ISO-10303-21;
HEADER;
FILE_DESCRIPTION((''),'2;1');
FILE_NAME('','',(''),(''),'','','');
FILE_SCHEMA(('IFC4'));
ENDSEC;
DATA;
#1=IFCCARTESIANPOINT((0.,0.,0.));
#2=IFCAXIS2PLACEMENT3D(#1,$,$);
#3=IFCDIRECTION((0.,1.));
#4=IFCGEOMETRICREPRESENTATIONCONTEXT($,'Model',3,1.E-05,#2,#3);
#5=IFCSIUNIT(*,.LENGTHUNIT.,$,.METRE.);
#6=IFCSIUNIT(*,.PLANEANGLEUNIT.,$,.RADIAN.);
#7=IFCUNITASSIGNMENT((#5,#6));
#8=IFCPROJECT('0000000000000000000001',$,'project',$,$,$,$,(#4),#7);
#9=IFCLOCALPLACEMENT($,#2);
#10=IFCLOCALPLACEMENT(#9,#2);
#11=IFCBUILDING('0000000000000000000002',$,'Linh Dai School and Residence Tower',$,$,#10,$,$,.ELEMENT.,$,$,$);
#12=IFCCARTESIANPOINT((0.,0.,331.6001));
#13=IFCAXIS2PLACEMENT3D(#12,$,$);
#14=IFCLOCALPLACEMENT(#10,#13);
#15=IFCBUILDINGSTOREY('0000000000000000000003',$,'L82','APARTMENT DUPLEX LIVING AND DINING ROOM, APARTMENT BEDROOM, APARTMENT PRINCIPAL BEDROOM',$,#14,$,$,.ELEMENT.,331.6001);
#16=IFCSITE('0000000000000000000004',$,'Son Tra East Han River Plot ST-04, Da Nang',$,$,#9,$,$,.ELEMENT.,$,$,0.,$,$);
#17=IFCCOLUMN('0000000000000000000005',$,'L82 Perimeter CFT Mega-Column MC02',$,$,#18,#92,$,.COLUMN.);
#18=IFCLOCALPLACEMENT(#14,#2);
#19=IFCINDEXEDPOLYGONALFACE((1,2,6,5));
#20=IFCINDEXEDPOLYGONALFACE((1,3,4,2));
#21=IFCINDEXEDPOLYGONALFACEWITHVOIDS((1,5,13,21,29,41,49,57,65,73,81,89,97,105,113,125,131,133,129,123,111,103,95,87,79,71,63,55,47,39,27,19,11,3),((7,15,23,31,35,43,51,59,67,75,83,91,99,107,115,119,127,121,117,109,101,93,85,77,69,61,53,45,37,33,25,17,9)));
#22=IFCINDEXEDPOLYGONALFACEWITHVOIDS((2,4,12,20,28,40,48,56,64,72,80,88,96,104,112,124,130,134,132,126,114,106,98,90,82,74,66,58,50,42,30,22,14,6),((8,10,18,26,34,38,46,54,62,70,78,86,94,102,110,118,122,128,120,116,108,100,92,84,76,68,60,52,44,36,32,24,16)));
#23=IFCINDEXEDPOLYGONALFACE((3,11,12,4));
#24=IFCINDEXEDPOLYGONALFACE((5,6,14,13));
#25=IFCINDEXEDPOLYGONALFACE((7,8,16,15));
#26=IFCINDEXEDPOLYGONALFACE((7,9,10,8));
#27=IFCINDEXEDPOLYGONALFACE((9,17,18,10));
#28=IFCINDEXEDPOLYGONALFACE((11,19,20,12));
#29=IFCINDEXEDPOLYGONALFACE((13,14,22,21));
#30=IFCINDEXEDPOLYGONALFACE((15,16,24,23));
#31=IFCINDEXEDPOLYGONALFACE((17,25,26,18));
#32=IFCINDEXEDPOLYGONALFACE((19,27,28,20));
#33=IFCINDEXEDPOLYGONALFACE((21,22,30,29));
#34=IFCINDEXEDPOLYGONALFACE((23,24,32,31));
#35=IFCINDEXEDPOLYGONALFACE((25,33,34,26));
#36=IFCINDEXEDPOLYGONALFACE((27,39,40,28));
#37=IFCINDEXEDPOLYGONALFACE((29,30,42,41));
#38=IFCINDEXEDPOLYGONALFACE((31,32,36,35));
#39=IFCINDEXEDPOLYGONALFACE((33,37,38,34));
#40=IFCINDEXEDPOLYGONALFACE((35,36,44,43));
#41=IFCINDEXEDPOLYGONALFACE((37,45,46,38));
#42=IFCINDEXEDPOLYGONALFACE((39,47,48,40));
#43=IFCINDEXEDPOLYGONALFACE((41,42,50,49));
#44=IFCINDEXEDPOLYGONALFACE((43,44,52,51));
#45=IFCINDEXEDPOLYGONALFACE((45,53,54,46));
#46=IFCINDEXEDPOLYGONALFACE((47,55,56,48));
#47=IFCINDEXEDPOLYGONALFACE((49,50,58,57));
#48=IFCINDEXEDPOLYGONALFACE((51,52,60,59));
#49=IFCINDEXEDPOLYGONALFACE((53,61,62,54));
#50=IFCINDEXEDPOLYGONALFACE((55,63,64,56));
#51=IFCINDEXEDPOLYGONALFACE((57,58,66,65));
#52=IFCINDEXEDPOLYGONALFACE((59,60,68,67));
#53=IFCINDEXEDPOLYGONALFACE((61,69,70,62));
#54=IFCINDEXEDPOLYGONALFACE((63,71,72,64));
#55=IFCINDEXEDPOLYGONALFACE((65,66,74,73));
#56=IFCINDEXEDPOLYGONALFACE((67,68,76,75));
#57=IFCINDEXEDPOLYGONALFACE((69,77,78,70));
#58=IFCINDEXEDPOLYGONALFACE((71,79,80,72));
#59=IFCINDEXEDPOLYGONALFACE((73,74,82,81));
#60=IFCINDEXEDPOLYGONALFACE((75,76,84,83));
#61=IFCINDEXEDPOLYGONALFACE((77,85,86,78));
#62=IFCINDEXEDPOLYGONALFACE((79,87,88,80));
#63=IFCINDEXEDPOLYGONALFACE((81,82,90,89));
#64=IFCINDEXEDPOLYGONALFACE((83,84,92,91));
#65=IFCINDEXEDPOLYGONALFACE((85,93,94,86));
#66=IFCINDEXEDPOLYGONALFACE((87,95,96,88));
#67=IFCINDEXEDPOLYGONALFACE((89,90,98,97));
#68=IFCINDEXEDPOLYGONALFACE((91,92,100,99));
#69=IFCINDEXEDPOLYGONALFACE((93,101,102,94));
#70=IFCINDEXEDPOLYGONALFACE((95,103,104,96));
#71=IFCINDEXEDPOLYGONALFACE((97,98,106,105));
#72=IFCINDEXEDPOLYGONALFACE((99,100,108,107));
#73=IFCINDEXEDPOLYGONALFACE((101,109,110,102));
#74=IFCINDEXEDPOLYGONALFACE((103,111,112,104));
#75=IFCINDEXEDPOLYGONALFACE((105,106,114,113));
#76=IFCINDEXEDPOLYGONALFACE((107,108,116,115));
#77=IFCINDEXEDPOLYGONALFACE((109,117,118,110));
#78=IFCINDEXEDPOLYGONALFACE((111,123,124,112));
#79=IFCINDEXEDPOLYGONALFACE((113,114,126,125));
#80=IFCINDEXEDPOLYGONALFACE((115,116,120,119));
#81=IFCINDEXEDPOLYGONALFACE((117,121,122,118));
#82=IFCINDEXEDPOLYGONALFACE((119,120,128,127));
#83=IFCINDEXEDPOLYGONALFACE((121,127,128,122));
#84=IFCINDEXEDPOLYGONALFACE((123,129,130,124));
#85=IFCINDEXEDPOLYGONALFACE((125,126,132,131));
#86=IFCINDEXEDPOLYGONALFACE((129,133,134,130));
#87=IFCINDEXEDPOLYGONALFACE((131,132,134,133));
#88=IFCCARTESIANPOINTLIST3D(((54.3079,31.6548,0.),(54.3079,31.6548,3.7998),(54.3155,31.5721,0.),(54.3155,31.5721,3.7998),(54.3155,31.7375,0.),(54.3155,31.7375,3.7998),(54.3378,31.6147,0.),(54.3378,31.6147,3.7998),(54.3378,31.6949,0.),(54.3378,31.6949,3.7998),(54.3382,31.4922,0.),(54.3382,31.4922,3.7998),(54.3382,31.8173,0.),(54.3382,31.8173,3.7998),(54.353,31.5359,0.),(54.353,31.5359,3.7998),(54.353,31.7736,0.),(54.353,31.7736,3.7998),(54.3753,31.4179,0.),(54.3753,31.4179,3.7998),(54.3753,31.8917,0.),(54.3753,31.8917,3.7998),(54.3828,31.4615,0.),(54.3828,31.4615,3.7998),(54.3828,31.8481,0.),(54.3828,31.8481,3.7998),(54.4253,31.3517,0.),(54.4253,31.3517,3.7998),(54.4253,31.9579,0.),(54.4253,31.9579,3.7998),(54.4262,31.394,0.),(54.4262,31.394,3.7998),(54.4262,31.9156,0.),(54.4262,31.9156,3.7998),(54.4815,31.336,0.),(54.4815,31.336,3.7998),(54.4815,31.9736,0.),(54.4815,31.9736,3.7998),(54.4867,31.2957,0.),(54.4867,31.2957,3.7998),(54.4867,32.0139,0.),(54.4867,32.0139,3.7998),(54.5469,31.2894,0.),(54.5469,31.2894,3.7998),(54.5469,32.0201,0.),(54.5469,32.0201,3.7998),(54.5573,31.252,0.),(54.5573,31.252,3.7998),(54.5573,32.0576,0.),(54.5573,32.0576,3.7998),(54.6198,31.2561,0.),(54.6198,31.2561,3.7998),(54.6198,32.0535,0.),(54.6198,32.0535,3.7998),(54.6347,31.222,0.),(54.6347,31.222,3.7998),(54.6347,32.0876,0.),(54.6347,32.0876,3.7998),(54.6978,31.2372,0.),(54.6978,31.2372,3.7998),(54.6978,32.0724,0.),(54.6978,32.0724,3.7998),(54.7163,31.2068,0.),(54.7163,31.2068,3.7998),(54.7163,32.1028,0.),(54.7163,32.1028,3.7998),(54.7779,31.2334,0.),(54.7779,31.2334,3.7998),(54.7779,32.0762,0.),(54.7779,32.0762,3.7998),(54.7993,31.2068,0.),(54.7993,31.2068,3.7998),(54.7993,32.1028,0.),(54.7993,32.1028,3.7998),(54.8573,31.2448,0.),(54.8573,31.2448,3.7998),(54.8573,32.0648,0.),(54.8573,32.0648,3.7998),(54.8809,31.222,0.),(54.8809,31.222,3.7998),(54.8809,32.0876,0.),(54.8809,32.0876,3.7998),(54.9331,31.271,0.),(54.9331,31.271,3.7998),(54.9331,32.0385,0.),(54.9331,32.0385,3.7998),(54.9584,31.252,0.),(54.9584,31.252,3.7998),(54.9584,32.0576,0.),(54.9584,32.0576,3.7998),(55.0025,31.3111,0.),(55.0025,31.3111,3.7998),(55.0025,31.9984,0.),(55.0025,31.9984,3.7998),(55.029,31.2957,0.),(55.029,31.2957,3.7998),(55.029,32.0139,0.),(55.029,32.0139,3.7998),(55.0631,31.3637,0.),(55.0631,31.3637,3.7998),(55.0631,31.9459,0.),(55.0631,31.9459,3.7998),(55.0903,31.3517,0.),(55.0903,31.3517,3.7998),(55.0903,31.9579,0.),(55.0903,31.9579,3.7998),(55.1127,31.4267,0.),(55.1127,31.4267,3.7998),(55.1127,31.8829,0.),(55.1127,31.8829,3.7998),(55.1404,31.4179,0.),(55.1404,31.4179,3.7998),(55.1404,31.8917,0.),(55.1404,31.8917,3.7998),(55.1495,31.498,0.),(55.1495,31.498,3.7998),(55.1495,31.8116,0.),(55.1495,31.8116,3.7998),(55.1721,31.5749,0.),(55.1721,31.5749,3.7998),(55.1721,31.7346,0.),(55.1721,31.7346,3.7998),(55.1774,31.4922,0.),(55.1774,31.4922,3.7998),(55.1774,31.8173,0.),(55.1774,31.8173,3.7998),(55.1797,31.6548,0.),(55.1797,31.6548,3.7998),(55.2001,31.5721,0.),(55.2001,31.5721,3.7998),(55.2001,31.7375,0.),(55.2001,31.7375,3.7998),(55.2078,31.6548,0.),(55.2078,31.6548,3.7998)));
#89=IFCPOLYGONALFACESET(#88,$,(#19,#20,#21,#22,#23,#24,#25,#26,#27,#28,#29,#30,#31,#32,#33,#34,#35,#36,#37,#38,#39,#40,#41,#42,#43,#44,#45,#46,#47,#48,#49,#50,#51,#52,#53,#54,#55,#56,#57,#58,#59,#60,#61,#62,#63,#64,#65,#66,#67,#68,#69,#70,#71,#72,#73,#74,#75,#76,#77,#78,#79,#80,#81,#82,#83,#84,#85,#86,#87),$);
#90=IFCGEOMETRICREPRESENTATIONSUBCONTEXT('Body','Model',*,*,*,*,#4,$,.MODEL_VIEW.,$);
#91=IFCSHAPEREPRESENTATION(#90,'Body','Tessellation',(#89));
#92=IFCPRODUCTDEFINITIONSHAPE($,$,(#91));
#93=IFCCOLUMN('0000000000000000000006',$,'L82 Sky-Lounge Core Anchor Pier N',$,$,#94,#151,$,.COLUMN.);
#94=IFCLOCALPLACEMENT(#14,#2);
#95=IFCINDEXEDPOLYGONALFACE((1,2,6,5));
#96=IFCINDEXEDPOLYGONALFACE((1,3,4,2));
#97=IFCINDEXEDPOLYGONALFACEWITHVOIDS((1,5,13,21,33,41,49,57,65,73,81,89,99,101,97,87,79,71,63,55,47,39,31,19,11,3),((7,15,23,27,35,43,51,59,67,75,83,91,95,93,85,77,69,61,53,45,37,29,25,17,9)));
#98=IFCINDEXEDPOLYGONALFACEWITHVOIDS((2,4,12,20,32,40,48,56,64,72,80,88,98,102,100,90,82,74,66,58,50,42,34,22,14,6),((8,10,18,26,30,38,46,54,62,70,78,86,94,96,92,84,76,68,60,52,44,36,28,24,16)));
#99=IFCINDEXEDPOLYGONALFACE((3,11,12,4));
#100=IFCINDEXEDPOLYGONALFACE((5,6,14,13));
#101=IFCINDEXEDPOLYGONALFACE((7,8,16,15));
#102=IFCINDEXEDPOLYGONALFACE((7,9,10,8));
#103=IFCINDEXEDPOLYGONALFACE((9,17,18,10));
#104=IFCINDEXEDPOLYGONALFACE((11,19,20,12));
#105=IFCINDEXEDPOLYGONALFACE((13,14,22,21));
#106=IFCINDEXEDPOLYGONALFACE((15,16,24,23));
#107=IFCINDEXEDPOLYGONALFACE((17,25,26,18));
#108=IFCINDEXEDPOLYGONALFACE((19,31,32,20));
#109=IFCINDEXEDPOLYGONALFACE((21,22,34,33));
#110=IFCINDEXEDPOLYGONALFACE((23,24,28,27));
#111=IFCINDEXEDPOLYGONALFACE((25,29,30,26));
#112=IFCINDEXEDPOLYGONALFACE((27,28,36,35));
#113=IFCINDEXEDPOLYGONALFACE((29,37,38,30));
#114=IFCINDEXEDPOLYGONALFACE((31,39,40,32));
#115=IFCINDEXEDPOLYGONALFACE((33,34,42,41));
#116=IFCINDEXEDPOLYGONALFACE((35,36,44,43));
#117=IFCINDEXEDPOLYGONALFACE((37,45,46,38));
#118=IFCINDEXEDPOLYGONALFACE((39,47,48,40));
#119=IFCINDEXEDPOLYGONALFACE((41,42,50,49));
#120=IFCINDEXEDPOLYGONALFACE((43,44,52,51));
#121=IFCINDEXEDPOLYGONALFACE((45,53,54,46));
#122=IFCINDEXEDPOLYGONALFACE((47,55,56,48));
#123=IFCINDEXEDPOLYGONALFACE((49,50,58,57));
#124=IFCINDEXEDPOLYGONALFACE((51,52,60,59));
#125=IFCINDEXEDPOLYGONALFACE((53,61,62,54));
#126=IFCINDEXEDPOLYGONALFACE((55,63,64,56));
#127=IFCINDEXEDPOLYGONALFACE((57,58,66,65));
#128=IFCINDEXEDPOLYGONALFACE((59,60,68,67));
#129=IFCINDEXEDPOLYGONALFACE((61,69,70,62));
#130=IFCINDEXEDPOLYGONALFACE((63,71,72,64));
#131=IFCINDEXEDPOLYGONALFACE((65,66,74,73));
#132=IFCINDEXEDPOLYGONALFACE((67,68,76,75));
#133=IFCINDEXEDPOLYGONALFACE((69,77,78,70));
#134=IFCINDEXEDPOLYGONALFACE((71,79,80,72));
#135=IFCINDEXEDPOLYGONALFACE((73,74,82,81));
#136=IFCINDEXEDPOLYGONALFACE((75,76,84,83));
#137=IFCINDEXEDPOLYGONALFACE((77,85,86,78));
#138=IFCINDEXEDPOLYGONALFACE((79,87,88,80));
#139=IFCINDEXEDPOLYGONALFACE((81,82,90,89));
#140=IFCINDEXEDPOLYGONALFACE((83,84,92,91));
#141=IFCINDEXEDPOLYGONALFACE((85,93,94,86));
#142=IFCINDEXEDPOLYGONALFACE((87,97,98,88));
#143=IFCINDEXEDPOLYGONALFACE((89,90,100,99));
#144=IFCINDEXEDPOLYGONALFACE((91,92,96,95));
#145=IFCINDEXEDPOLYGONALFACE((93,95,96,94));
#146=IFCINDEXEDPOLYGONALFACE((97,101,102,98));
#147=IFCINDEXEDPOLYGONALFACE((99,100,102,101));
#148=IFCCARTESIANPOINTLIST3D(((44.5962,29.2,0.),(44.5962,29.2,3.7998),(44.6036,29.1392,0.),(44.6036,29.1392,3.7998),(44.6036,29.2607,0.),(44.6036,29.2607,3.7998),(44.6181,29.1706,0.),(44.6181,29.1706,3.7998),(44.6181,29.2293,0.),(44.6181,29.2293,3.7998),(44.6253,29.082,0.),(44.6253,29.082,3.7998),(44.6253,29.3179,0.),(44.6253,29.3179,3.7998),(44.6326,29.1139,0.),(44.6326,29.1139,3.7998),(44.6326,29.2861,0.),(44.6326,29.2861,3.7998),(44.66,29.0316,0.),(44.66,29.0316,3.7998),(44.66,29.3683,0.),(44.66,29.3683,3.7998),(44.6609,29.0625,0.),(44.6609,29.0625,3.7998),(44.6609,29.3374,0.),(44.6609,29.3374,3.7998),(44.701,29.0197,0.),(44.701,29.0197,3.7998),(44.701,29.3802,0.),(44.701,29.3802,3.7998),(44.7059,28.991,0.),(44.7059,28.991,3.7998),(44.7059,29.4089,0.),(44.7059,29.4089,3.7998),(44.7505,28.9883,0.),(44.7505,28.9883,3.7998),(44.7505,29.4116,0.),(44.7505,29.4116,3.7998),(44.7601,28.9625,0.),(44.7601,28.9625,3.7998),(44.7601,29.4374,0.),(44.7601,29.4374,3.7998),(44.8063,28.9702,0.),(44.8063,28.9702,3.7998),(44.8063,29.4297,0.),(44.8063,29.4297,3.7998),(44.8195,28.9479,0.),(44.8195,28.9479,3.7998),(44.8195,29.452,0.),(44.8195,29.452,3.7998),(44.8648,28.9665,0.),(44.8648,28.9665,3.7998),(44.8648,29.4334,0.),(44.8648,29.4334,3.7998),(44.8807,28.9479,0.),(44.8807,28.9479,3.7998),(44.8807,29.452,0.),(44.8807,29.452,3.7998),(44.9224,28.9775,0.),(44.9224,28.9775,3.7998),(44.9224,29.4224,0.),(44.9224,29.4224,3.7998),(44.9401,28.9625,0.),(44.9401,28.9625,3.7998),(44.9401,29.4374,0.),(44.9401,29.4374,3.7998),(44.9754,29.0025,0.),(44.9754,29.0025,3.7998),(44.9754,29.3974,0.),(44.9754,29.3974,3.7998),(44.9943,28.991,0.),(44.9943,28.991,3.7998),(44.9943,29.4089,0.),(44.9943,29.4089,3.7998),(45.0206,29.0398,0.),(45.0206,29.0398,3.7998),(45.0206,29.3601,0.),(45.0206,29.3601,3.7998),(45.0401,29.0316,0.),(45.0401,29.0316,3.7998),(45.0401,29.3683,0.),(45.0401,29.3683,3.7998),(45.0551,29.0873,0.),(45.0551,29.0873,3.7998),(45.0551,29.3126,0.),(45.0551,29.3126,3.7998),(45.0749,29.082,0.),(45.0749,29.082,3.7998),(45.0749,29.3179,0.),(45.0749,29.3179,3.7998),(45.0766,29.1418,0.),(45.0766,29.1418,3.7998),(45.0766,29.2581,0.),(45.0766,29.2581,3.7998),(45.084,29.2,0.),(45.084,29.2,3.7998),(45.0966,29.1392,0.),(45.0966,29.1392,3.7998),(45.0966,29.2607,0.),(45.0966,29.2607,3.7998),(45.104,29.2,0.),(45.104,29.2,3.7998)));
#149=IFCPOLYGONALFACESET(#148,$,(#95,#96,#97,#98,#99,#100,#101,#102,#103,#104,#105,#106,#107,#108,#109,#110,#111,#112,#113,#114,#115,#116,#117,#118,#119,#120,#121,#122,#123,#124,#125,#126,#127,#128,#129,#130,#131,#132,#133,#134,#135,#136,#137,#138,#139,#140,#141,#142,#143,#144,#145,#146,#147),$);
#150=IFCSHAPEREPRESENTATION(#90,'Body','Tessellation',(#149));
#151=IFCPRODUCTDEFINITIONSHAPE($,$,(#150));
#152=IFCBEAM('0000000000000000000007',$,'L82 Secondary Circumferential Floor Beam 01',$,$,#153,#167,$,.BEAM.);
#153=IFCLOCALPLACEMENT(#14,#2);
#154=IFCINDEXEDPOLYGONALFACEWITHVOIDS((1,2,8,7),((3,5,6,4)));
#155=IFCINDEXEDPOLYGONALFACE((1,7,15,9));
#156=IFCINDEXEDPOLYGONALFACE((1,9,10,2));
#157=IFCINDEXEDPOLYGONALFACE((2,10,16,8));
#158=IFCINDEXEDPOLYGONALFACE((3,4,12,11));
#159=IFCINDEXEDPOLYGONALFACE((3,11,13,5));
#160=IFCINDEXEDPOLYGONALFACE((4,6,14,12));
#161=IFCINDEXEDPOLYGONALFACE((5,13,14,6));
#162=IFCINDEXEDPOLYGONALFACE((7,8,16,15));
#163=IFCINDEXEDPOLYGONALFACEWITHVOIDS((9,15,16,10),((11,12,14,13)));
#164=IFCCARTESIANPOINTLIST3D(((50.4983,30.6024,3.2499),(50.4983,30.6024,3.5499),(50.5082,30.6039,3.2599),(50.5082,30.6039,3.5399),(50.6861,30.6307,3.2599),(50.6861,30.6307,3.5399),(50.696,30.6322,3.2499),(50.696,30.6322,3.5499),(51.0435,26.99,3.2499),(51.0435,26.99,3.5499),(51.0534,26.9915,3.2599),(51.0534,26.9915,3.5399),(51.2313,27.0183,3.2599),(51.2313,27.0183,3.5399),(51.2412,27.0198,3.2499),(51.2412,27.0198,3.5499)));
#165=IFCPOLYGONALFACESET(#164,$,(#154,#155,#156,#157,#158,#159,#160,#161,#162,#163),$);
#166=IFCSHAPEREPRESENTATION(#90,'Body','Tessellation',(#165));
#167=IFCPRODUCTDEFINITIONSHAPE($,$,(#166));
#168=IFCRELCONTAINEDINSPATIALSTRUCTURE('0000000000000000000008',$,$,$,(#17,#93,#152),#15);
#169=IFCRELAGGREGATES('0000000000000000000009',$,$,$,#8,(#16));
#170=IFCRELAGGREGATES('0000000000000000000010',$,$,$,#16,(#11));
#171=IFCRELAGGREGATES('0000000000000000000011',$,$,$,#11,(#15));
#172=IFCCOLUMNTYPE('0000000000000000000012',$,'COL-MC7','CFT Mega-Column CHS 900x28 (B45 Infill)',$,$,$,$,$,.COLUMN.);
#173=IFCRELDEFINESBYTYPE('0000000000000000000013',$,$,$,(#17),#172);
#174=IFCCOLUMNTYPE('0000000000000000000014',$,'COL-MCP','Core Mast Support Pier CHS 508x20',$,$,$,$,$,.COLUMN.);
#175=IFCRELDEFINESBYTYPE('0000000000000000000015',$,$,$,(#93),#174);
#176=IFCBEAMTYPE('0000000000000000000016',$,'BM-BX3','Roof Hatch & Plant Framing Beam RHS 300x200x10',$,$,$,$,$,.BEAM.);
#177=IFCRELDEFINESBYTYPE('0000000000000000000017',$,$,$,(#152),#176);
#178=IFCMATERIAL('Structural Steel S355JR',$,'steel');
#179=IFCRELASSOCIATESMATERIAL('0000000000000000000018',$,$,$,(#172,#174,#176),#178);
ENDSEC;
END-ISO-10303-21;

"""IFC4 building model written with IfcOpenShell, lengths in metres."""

from ifc_helpers import new_model, si_unit, direction, frame, origin, origin_2d, place, context, subcontext, project, spatial, hollow_rectangle, hollow_circle, extrude, material, material_profile, profile_set, type_object, element, save


model = new_model("IFC4")

# Units and contexts
model_context = context("Model", 3, precision=1e-05, world=origin(), true_north=direction((0.0, 1.0)))
body_context = subcontext(model_context, "Body", "Model", "MODEL_VIEW")
ifc_project = project(units=[si_unit("LENGTHUNIT", "METRE"), si_unit("PLANEANGLEUNIT", "RADIAN")], contexts=[model_context])

# Site, building, storey
site_placement = place(None, origin())
site = spatial("IfcSite", under=ifc_project, at=site_placement, Name="Son Tra East Han River Plot ST-04, Da Nang", CompositionType="ELEMENT", RefElevation=0.0)
building_placement = place(site_placement, origin())
building = spatial("IfcBuilding", under=site, at=building_placement, Name="Linh Dai School and Residence Tower", CompositionType="ELEMENT")
storey_placement = place(building_placement, frame((0.0, 0.0, 331.6001)))
storey = spatial("IfcBuildingStorey", under=building, at=storey_placement, Name="L82", Description="APARTMENT DUPLEX LIVING AND DINING ROOM, APARTMENT BEDROOM, APARTMENT PRINCIPAL BEDROOM", CompositionType="ELEMENT", Elevation=331.6001)

# Columns
ifc_material_1 = material(Name="Structural Steel S355JR", Category="steel")
ifc_material_profile_1 = material_profile(ifc_material_1, hollow_circle(Radius=0.45, WallThickness=0.0281, at=origin_2d()), Name="CHS 900x28")
ifc_profile_set_1 = profile_set([ifc_material_profile_1], Name="Structural Steel S355JR")
column_type_1 = type_object("IfcColumnType", Name="COL-MC7", Description="CFT Mega-Column CHS 900x28 (B45 Infill)", PredefinedType="COLUMN", material=ifc_profile_set_1)
column_1_placement = place(storey_placement, frame((54.7578, 31.6548, 0.0), z_axis=(0.0, 0.0, 1.0), x_axis=(1.0, 0.0, 0.0)))
element("IfcColumn", 1, at=column_1_placement, inside=storey, type_object=column_type_1, Name="L82 Perimeter CFT Mega-Column MC02", PredefinedType="COLUMN", context=body_context, shape_type="SweptSolid", body=[
    extrude(hollow_circle(Radius=0.45, WallThickness=0.0281, at=origin_2d()), origin(), (0.0, 0.0, 1.0), 3.7998),
])
ifc_material_profile_2 = material_profile(ifc_material_1, hollow_circle(Radius=0.2539, WallThickness=0.02, at=origin_2d()), Name="CHS 508x20")
ifc_profile_set_2 = profile_set([ifc_material_profile_2], Name="Structural Steel S355JR")
column_type_2 = type_object("IfcColumnType", Name="COL-MCP", Description="Core Mast Support Pier CHS 508x20", PredefinedType="COLUMN", material=ifc_profile_set_2)
column_2_placement = place(storey_placement, frame((44.8501, 29.2, 0.0), z_axis=(0.0, 0.0, 1.0), x_axis=(1.0, 0.0, 0.0)))
element("IfcColumn", 2, at=column_2_placement, inside=storey, type_object=column_type_2, Name="L82 Sky-Lounge Core Anchor Pier N", PredefinedType="COLUMN", context=body_context, shape_type="SweptSolid", body=[
    extrude(hollow_circle(Radius=0.2539, WallThickness=0.02, at=origin_2d()), origin(), (0.0, 0.0, 1.0), 3.7998),
])

# Beam
ifc_material_profile_3 = material_profile(ifc_material_1, hollow_rectangle(XDim=0.2, YDim=0.3, WallThickness=0.01, at=origin_2d()), Name="RHS 300x200x10")
ifc_profile_set_3 = profile_set([ifc_material_profile_3], Name="Structural Steel S355JR")
beam_type_1 = type_object("IfcBeamType", Name="BM-BX3", Description="Roof Hatch & Plant Framing Beam RHS 300x200x10", PredefinedType="BEAM", material=ifc_profile_set_3)
beam_1_placement = place(storey_placement, frame((51.1423, 27.0049, 3.3999), z_axis=(-0.149229, 0.988803, 0.0), x_axis=(-0.988803, -0.149229, 0.0)))
element("IfcBeam", 3, at=beam_1_placement, inside=storey, type_object=beam_type_1, Name="L82 Secondary Circumferential Floor Beam 01", PredefinedType="BEAM", context=body_context, shape_type="SweptSolid", body=[
    extrude(hollow_rectangle(XDim=0.2, YDim=0.3, WallThickness=0.01, at=origin_2d()), origin(), (0.0, 0.0, 1.0), 3.6533),
])

save(model, "model.ifc")
